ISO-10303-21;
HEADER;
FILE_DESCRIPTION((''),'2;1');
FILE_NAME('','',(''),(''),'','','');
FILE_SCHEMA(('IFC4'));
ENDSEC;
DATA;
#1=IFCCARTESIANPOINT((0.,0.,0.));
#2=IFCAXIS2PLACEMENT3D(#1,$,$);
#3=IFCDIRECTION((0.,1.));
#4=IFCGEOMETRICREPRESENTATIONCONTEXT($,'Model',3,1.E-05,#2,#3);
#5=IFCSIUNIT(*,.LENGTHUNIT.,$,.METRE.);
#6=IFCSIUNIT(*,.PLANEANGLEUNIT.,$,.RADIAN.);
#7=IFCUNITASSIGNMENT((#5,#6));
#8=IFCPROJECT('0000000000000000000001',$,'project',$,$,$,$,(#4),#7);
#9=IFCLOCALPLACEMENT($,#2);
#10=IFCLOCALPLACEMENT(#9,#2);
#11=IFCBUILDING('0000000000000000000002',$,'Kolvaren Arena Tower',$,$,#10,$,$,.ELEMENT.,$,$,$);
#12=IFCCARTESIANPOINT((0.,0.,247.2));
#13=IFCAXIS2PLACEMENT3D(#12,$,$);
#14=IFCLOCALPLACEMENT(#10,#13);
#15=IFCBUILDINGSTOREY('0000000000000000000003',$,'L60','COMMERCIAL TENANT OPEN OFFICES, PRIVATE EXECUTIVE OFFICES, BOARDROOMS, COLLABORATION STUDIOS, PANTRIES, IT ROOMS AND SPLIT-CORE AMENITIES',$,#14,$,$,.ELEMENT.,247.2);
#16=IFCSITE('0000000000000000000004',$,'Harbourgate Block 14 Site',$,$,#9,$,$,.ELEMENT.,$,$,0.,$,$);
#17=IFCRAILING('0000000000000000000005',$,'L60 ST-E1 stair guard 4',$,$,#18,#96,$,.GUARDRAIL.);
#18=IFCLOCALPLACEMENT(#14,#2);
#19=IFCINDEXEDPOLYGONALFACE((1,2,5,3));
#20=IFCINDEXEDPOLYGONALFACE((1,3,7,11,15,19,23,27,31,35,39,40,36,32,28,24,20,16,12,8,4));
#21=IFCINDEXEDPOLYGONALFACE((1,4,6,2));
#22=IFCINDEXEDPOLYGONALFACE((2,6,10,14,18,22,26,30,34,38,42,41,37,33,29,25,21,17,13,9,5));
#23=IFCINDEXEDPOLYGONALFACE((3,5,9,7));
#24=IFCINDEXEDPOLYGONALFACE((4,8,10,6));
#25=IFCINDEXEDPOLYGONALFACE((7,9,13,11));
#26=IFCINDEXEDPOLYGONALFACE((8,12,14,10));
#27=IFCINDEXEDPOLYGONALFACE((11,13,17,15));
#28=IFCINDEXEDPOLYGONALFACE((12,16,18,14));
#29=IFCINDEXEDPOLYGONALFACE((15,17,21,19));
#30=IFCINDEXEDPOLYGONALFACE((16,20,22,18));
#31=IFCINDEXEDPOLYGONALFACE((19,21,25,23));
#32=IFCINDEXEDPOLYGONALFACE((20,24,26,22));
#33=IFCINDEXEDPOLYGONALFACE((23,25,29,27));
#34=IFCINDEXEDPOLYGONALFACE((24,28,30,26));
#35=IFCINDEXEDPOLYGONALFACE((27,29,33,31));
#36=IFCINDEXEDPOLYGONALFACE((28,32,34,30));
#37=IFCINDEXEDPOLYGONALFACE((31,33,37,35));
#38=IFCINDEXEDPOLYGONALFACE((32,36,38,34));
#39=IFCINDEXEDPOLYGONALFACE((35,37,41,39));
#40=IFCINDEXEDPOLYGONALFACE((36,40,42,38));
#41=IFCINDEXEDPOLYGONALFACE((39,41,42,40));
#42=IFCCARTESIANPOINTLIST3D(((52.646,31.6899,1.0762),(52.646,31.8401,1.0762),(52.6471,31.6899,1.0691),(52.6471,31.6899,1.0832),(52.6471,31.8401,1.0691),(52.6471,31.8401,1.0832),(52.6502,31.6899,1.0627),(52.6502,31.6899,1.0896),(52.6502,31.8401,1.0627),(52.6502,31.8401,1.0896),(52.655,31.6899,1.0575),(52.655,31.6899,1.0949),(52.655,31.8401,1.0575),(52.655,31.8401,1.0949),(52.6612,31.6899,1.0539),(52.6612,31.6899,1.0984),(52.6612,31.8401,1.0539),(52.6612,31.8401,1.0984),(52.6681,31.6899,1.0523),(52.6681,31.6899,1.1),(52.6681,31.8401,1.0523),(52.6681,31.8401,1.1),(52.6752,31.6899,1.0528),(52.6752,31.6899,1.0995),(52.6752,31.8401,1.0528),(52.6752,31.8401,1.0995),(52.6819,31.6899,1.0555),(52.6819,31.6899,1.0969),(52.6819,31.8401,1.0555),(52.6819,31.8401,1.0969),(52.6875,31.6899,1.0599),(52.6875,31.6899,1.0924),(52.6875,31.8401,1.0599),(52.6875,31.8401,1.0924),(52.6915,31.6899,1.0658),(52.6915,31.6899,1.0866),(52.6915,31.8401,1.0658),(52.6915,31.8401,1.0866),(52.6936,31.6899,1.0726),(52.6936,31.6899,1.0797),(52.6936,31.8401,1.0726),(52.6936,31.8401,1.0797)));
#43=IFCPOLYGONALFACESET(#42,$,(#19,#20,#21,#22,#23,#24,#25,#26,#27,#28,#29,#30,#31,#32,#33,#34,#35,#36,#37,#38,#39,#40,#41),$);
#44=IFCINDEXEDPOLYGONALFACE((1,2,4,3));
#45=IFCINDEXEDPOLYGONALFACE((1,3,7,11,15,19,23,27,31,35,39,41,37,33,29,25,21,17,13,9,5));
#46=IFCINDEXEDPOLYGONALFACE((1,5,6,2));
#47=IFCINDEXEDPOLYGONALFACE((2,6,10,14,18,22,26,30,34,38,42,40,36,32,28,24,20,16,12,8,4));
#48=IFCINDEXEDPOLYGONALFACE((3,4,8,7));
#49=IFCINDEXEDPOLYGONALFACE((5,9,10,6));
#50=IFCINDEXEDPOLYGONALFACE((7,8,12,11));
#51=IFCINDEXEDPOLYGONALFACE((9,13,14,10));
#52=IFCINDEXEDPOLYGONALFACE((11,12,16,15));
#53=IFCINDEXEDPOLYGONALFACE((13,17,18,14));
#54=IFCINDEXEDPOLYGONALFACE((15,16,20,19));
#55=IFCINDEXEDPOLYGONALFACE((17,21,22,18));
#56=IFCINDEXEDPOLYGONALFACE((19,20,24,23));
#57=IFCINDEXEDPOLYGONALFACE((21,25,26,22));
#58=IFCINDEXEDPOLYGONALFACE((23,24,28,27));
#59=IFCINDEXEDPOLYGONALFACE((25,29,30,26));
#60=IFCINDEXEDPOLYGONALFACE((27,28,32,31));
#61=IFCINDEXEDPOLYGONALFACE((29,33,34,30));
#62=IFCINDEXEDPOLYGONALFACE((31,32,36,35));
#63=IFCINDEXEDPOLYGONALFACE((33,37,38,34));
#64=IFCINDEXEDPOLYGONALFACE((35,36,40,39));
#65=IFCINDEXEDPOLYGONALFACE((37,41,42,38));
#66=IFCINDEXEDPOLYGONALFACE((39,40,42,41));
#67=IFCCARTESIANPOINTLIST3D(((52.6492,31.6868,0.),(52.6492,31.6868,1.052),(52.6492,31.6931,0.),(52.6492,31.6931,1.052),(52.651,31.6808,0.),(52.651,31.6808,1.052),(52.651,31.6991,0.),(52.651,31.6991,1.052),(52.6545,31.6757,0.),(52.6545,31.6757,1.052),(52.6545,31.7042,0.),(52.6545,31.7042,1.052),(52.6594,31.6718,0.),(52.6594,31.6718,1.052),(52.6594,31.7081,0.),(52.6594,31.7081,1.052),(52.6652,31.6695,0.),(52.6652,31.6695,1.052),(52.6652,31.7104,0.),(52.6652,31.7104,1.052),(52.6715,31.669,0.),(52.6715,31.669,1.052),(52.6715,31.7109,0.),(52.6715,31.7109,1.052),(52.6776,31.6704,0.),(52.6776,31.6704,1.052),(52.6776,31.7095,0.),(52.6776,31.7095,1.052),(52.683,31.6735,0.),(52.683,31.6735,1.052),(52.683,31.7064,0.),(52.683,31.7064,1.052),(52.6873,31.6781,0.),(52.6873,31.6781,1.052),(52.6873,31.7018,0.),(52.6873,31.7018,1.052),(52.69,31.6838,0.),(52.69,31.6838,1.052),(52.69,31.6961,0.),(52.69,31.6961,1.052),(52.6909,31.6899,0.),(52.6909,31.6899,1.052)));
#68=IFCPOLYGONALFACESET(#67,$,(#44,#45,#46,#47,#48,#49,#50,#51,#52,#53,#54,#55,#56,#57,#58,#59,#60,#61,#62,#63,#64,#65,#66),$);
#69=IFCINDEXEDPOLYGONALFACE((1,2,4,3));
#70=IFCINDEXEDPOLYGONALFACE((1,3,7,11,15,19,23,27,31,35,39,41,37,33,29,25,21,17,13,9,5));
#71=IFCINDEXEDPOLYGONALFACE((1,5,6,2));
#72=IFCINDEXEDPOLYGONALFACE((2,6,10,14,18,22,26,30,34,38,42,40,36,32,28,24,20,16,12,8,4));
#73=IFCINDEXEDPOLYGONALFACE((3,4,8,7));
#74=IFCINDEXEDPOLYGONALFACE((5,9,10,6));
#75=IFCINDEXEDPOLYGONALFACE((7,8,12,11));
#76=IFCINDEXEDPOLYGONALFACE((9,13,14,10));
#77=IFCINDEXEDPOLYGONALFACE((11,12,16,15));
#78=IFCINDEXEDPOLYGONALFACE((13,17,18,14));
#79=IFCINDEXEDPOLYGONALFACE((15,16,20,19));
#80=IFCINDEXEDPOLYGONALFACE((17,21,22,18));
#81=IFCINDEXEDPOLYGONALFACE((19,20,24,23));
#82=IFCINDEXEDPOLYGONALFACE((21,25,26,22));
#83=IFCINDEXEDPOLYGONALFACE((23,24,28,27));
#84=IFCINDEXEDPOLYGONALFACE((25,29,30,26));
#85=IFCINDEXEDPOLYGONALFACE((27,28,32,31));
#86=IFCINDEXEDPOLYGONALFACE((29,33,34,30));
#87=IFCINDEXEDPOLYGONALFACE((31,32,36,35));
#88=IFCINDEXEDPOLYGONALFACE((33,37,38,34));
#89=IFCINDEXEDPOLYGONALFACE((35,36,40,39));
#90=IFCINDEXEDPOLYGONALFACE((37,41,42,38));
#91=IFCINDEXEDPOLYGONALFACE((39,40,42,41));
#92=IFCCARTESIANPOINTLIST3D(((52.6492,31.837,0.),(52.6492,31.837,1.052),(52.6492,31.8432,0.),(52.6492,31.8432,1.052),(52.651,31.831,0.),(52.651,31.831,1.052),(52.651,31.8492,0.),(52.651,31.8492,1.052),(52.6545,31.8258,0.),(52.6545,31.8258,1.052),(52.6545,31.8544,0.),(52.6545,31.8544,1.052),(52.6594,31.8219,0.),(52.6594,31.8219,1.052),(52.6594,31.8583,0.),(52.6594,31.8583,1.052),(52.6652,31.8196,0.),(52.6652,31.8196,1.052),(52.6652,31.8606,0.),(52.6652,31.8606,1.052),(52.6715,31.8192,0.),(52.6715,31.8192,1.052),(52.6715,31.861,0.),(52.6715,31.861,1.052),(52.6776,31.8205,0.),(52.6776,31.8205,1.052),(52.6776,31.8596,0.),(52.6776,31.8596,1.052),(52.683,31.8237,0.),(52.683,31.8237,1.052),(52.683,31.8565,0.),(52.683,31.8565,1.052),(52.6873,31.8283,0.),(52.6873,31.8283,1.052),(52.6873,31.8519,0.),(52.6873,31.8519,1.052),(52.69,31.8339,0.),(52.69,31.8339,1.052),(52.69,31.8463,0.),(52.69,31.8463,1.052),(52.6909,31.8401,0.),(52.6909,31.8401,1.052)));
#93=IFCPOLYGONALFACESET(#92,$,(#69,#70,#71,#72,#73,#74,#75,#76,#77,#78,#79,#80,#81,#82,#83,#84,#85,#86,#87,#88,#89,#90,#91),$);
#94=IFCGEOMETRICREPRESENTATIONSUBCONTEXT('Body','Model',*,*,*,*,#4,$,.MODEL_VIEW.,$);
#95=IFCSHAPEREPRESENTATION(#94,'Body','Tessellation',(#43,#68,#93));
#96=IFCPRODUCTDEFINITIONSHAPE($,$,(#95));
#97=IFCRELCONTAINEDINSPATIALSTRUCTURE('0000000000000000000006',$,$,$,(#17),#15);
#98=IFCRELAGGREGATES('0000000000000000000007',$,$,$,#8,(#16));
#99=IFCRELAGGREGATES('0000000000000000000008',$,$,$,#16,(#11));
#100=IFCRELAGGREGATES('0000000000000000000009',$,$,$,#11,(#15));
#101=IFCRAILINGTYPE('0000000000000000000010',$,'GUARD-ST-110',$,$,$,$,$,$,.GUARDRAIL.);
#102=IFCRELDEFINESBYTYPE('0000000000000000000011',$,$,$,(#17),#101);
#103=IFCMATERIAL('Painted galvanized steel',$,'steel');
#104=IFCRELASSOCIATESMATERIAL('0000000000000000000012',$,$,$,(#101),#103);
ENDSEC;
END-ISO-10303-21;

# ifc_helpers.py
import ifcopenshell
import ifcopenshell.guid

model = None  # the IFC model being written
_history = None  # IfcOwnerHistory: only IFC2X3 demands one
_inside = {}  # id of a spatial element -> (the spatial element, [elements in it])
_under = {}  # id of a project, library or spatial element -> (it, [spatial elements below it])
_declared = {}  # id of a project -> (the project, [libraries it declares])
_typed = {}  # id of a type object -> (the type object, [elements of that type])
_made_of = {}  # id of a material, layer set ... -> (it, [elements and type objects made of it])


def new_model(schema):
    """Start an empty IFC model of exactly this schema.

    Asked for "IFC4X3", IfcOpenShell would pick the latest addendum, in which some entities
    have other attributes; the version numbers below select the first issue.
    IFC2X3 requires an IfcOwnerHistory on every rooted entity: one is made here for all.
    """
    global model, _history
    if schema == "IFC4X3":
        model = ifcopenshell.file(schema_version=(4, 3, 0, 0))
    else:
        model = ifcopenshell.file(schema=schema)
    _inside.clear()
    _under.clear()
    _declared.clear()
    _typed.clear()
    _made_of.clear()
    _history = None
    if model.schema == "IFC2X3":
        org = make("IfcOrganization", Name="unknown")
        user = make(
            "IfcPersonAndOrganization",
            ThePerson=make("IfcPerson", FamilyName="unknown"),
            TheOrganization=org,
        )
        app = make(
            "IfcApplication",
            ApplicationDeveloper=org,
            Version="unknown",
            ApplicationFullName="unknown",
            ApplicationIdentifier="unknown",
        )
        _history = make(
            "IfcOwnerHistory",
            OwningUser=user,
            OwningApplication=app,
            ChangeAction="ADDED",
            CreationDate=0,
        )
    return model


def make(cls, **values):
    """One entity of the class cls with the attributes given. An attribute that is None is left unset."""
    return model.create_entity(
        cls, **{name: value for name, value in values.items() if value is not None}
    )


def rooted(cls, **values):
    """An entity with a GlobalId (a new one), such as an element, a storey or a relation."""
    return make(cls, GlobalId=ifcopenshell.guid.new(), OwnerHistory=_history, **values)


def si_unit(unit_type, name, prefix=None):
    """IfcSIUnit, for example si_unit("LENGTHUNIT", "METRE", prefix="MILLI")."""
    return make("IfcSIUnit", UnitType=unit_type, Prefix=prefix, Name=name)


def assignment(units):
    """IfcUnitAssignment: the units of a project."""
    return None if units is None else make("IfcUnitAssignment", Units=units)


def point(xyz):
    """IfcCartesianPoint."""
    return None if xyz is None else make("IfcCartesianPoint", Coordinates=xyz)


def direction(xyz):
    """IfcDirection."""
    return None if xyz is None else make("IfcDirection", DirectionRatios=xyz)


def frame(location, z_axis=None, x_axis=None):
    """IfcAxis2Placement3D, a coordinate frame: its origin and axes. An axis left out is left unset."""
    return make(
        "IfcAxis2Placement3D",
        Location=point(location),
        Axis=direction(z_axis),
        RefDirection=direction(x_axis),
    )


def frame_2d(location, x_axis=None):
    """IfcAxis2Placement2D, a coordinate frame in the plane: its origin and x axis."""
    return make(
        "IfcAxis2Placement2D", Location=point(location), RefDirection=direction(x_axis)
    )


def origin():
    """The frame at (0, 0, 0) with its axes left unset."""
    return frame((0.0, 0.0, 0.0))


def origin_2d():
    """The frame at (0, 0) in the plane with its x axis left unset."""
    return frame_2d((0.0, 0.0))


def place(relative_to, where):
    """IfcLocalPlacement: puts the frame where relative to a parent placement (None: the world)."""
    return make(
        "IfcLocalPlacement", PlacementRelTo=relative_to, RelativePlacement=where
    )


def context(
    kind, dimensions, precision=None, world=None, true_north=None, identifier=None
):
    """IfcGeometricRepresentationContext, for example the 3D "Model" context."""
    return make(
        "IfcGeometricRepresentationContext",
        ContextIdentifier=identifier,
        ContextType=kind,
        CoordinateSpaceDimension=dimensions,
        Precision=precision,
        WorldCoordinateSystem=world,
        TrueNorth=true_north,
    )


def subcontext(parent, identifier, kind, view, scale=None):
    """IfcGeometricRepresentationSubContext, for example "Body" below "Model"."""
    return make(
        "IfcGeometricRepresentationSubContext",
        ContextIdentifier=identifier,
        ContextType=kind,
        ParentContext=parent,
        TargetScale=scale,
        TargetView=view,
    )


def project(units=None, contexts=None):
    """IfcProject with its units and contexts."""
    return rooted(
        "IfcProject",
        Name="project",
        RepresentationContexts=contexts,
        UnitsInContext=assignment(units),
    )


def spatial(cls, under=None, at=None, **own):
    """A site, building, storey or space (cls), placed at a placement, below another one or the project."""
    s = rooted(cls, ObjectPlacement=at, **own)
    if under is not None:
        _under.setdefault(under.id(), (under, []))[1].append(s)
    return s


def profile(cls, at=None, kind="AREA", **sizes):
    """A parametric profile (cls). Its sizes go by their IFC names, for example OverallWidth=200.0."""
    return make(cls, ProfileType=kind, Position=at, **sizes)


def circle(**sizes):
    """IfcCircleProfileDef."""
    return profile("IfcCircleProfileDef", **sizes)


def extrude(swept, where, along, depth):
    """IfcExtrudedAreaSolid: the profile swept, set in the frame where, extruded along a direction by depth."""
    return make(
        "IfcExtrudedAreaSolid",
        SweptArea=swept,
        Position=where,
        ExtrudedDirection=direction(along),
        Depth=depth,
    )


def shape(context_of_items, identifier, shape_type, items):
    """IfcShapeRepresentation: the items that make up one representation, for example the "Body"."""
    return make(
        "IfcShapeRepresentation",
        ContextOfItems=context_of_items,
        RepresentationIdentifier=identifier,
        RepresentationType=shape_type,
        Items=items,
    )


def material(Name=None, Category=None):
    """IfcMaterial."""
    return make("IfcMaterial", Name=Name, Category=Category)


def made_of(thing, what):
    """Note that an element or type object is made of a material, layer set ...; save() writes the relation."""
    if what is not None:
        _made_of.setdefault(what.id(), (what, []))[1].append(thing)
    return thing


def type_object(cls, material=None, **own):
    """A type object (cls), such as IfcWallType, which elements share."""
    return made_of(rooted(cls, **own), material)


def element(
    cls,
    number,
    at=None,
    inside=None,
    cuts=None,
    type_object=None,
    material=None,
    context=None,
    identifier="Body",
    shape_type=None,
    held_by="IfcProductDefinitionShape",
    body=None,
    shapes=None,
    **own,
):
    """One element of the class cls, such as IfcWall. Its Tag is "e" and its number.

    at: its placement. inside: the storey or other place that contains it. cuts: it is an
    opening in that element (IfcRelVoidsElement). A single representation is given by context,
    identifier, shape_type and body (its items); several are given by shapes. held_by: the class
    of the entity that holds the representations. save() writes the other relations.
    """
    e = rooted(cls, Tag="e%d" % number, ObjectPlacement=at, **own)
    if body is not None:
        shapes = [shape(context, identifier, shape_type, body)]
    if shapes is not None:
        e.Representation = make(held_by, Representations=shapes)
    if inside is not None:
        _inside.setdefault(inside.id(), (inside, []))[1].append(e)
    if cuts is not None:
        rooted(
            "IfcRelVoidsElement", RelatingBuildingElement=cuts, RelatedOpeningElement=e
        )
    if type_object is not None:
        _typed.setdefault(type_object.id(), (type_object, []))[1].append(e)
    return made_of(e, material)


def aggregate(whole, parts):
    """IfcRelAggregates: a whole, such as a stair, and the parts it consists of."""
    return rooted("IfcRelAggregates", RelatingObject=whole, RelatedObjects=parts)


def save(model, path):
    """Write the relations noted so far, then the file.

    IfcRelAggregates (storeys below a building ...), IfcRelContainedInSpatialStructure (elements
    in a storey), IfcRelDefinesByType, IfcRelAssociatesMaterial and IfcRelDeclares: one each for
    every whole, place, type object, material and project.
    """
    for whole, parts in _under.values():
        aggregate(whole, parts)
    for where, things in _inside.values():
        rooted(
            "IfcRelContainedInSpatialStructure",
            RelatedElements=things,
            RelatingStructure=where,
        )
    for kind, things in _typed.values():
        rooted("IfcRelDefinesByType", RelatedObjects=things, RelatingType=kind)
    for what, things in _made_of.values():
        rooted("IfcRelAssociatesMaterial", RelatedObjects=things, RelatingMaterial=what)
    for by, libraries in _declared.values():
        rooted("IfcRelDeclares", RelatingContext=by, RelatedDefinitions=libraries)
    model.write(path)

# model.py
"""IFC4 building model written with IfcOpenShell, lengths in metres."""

from ifc_helpers import new_model, si_unit, direction, frame, origin, origin_2d, place, context, subcontext, project, spatial, circle, extrude, material, type_object, element, save


model = new_model("IFC4")

# Units and contexts
model_context = context("Model", 3, precision=1e-05, world=origin(), true_north=direction((0.0, 1.0)))
body_context = subcontext(model_context, "Body", "Model", "MODEL_VIEW")
ifc_project = project(units=[si_unit("LENGTHUNIT", "METRE"), si_unit("PLANEANGLEUNIT", "RADIAN")], contexts=[model_context])

# Site, building, storey
site_placement = place(None, origin())
site = spatial("IfcSite", under=ifc_project, at=site_placement, Name="Harbourgate Block 14 Site", CompositionType="ELEMENT", RefElevation=0.0)
building_placement = place(site_placement, origin())
building = spatial("IfcBuilding", under=site, at=building_placement, Name="Kolvaren Arena Tower", CompositionType="ELEMENT")
storey_placement = place(building_placement, frame((0.0, 0.0, 247.2)))
storey = spatial("IfcBuildingStorey", under=building, at=storey_placement, Name="L60", Description="COMMERCIAL TENANT OPEN OFFICES, PRIVATE EXECUTIVE OFFICES, BOARDROOMS, COLLABORATION STUDIOS, PANTRIES, IT ROOMS AND SPLIT-CORE AMENITIES", CompositionType="ELEMENT", Elevation=247.2)

# Railing
ifc_material_1 = material(Name="Painted galvanized steel", Category="steel")
railing_type_1 = type_object("IfcRailingType", Name="GUARD-ST-110", PredefinedType="GUARDRAIL", material=ifc_material_1)
railing_1_placement = place(storey_placement, frame((52.6699, 31.6899, 0.0)))
element("IfcRailing", 1, at=railing_1_placement, inside=storey, type_object=railing_type_1, Name="L60 ST-E1 stair guard 4", PredefinedType="GUARDRAIL", context=body_context, shape_type="SweptSolid", body=[
    extrude(circle(Radius=0.0239, at=origin_2d()), frame((0.0, 0.0, 1.0762), z_axis=(0.0, 1.0, 0.0), x_axis=(-1.0, 0.0, 0.0)), (0.0, 0.0, 1.0), 0.1501),
    extrude(circle(Radius=0.021, at=origin_2d()), origin(), (0.0, 0.0, 1.0), 1.052),
    extrude(circle(Radius=0.021, at=origin_2d()), frame((0.0, 0.1501, 0.0)), (0.0, 0.0, 1.0), 1.052),
])

save(model, "model.ifc")
